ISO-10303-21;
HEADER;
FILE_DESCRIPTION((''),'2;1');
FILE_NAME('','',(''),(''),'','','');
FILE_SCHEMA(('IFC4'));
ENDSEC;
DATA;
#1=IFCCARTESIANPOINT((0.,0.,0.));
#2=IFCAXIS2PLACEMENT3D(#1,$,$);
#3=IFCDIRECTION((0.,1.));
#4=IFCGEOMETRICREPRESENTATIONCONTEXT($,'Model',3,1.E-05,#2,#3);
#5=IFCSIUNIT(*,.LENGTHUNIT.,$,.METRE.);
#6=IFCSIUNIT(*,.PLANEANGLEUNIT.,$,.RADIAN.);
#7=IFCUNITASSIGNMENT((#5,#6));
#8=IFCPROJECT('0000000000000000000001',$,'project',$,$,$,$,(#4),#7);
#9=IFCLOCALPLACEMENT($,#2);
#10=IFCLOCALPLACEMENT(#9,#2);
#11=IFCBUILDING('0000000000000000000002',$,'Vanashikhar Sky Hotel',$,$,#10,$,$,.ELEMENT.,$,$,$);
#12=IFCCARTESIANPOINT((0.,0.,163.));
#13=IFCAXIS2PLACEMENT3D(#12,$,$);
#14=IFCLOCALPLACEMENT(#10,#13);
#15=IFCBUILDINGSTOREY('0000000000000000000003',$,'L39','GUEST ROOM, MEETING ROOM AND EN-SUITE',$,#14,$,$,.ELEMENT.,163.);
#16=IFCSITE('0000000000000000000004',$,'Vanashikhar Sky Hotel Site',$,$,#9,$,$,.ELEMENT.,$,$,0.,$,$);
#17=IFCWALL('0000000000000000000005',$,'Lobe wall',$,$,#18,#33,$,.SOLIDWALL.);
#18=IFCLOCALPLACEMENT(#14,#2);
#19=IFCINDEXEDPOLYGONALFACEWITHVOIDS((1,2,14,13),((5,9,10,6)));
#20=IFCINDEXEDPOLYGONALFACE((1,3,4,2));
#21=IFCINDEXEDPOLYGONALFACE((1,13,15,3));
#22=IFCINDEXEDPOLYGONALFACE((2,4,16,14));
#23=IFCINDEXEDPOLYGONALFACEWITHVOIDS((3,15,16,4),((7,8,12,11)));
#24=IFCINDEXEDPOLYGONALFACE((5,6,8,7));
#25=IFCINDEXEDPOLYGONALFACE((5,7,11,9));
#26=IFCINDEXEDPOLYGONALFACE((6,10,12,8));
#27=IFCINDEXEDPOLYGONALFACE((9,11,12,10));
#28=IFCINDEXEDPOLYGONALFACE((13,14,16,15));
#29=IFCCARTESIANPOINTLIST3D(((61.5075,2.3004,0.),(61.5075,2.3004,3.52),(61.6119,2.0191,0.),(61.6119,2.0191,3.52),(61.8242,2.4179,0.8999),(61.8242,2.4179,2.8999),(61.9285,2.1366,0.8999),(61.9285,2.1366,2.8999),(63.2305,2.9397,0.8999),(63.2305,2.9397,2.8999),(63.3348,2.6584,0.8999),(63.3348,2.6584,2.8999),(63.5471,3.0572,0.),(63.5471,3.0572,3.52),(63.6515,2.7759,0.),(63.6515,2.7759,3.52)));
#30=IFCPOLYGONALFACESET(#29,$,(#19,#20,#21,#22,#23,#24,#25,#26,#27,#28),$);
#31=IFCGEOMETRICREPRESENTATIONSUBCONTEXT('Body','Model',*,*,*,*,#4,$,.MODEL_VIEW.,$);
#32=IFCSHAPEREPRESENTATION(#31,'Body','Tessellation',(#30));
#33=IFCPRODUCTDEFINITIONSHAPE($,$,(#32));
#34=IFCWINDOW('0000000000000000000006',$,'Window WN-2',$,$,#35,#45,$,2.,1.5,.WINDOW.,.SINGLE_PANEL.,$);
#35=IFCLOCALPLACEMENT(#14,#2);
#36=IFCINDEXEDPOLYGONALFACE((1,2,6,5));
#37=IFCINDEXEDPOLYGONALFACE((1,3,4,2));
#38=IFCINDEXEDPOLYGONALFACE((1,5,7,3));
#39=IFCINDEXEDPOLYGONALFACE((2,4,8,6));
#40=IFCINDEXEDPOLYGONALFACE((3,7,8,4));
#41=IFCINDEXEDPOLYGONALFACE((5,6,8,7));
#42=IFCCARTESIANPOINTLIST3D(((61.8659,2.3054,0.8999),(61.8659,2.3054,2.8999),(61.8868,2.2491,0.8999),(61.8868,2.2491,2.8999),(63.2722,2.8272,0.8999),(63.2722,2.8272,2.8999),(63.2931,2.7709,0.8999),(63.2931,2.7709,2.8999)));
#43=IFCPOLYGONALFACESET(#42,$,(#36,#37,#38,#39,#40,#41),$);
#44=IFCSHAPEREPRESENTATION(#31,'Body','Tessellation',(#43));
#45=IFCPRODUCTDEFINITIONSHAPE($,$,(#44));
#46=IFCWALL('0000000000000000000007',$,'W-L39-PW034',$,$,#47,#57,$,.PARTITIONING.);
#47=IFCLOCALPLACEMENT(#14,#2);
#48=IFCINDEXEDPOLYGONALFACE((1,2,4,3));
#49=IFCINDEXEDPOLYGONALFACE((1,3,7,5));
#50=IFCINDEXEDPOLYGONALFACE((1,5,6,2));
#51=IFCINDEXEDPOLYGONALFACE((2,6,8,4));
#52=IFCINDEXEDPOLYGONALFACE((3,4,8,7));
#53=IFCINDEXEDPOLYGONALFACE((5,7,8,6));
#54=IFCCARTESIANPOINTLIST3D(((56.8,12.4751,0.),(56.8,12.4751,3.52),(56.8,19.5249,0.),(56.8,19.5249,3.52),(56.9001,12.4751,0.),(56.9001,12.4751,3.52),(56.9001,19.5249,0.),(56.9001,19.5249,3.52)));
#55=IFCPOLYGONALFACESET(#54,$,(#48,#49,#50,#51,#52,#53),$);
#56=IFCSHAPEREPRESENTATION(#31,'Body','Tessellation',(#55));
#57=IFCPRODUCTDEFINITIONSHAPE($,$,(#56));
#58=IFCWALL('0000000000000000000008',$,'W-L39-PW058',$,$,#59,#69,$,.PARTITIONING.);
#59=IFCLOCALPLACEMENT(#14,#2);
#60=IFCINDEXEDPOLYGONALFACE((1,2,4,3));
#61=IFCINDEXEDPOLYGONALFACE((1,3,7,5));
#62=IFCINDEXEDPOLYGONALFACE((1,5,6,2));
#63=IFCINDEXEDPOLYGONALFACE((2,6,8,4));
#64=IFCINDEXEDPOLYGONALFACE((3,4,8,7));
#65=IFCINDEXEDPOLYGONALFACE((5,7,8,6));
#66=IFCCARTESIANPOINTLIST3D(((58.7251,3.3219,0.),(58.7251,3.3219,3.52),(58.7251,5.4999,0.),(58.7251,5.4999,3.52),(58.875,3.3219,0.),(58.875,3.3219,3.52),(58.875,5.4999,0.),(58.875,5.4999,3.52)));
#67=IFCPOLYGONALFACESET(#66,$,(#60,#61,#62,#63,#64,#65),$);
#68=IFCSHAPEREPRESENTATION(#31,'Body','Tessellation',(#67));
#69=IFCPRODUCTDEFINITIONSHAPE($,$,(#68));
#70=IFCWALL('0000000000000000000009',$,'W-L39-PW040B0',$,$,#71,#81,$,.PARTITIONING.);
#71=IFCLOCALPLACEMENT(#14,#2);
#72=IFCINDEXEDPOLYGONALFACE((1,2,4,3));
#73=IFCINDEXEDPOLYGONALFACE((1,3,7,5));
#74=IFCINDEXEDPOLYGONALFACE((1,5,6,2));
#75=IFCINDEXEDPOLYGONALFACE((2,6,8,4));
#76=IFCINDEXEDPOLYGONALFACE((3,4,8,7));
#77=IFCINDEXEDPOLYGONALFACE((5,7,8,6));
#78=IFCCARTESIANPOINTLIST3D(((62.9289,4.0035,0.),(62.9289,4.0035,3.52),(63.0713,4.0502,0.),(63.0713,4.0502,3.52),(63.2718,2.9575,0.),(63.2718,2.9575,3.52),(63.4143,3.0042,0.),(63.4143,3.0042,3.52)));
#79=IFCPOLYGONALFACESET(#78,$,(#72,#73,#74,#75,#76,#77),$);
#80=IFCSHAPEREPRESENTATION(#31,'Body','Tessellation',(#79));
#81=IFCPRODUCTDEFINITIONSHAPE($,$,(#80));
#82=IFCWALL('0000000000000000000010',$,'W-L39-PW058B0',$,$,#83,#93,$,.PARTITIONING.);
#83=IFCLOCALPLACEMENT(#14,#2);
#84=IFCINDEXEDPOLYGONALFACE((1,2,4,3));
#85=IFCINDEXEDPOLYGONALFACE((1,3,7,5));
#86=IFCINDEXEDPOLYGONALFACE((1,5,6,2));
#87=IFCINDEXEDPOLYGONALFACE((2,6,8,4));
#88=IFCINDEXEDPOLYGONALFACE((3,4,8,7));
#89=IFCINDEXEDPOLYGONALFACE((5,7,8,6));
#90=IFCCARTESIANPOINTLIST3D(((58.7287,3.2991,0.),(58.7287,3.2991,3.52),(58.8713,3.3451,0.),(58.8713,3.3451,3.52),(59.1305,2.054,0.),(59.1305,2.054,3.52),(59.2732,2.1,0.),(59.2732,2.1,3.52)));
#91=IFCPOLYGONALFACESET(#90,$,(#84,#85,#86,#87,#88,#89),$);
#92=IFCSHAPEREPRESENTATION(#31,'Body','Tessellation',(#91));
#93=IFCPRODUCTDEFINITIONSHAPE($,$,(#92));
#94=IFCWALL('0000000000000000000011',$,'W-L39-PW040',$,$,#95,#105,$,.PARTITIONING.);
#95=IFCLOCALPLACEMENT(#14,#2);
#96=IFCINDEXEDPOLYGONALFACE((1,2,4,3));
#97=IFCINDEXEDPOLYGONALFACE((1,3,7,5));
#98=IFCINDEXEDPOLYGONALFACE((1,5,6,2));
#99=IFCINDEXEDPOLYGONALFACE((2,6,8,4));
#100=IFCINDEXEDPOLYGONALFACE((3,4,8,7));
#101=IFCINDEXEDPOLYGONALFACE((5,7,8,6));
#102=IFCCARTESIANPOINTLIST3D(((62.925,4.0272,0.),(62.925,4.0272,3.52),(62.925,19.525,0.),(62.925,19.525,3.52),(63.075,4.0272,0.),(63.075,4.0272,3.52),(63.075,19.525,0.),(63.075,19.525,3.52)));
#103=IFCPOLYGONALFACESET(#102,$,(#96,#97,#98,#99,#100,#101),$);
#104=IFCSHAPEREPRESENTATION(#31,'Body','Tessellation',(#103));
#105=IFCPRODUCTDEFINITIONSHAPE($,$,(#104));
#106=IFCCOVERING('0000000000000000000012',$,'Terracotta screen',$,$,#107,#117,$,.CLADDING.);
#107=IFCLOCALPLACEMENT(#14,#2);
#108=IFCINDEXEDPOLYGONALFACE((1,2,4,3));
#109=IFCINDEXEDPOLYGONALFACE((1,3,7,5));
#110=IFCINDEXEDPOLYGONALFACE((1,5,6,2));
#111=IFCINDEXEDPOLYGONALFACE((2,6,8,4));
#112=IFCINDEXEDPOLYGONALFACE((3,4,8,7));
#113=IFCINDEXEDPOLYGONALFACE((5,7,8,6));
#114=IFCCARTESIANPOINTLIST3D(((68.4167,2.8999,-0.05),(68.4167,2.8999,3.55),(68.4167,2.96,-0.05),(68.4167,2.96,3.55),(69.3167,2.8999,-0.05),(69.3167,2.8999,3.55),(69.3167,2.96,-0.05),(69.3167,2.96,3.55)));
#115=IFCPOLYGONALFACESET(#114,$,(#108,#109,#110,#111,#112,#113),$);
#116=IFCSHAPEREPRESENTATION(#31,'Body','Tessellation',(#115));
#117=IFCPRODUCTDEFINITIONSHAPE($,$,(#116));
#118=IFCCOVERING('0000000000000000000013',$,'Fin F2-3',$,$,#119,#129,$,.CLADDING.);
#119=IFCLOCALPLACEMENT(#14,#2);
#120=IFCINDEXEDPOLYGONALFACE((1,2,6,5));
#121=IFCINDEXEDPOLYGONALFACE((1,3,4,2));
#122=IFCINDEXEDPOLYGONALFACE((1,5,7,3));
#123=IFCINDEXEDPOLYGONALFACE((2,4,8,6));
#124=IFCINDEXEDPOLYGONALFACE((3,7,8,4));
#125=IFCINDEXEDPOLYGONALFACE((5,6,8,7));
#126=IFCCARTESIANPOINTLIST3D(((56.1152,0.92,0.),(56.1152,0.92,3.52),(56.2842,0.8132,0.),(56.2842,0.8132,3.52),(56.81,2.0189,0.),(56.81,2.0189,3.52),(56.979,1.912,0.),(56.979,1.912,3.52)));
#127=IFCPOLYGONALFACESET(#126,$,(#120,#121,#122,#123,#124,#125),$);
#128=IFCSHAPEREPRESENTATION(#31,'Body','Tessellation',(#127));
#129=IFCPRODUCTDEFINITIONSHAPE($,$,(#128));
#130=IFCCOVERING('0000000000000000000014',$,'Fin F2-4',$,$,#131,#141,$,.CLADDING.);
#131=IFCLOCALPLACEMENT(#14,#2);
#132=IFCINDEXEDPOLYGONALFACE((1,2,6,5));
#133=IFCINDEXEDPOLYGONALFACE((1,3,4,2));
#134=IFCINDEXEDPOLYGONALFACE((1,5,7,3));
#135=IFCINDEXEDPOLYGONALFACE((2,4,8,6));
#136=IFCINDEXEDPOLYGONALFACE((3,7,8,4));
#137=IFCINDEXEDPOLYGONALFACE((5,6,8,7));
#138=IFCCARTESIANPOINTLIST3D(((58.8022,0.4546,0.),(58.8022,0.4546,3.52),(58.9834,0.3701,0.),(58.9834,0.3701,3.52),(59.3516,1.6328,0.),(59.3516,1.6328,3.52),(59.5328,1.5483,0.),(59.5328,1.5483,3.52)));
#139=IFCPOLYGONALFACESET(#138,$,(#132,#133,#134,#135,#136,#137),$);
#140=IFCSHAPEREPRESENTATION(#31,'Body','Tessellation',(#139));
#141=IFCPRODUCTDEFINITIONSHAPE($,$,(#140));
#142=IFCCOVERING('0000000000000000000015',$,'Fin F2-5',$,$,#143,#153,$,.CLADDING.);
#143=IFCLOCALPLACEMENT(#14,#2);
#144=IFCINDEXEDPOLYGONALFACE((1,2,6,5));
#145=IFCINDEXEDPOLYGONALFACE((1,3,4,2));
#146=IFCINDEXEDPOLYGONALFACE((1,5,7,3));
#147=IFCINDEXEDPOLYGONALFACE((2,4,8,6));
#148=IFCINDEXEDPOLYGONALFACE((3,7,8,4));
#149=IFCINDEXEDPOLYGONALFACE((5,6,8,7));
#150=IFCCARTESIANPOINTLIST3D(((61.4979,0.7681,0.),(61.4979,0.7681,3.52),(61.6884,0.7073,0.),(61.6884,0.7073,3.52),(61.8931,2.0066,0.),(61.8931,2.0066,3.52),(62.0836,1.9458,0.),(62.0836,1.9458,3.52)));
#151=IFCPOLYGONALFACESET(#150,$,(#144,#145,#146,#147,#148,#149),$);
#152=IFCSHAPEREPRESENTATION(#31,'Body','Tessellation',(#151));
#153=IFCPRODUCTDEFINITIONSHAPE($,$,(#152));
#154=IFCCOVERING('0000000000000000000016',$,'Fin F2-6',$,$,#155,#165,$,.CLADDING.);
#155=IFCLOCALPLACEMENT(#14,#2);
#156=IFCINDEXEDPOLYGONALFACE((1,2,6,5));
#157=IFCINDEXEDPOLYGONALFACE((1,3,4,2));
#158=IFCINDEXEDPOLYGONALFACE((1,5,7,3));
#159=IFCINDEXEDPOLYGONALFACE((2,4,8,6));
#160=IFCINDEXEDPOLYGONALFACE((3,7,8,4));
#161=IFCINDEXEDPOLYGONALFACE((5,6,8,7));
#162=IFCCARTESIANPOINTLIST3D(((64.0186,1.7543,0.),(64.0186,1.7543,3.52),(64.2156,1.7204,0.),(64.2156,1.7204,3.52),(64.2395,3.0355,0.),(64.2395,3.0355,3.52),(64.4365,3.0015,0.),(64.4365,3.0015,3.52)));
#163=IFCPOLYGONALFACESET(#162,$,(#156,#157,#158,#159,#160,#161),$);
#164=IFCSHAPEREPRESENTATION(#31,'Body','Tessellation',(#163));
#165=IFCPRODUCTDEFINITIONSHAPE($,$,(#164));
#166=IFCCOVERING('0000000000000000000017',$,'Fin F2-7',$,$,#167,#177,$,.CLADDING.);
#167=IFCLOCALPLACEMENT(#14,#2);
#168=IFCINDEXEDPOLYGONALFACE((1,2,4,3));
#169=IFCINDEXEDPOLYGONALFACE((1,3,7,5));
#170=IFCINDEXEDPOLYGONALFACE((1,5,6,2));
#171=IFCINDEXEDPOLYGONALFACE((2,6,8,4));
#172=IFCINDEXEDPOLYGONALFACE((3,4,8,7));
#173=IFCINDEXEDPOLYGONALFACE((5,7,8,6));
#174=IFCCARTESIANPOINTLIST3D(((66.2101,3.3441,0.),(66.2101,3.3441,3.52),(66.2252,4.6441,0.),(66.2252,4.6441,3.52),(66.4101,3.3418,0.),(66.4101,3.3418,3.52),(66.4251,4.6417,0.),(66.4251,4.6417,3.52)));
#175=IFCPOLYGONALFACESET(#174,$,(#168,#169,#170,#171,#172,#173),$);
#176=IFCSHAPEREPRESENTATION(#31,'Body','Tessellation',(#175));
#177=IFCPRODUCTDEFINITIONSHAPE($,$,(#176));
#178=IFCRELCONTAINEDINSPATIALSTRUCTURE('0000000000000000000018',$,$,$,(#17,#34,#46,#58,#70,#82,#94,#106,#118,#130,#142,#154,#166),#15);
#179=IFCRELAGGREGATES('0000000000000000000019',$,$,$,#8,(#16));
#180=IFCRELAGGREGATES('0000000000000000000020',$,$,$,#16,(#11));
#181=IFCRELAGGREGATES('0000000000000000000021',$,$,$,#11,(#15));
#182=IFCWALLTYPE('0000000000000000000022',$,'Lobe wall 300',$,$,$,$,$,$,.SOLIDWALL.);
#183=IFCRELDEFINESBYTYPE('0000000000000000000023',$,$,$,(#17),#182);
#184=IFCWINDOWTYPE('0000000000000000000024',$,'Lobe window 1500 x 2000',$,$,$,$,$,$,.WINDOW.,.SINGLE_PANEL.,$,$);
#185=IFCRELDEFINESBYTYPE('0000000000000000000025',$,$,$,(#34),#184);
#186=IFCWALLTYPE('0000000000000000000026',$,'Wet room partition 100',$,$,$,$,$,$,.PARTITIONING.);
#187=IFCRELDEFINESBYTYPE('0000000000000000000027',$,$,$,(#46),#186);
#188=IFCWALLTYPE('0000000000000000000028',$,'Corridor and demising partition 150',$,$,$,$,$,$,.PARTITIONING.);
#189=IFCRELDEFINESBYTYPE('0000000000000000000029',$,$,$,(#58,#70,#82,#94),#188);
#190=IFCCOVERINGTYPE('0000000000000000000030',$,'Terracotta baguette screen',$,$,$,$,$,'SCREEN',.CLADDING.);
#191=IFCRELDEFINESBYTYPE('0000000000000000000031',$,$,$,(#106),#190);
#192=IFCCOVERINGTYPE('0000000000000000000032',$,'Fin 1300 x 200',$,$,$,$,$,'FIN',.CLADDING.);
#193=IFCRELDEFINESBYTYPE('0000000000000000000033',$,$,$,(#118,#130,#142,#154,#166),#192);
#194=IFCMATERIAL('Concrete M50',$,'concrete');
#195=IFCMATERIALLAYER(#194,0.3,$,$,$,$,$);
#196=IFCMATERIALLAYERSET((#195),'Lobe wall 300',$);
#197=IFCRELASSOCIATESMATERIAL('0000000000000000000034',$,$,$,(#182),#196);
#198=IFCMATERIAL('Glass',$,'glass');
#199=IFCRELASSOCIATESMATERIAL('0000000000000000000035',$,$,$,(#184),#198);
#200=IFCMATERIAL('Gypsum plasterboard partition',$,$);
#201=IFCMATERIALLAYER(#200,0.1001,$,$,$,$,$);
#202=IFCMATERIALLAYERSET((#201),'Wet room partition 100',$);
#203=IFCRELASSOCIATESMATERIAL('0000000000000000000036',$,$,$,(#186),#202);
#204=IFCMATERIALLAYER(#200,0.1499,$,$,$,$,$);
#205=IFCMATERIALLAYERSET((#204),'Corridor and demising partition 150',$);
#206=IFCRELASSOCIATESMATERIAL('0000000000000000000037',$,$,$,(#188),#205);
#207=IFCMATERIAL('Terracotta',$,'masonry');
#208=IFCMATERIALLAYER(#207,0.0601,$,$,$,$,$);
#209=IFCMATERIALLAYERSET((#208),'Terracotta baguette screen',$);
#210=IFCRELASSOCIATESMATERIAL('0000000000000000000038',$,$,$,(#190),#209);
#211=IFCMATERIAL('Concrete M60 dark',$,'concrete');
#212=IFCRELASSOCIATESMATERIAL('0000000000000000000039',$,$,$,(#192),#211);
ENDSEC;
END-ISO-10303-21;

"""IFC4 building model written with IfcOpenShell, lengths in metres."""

from ifc_helpers import new_model, si_unit, direction, frame, frame_2d, origin, origin_2d, place, context, subcontext, project, spatial, rectangle, extrude, source, transform, mapped, material, layer, layer_set, material_profile, profile_set, type_object, element, fill, save


model = new_model("IFC4")

# Units and contexts
model_context = context("Model", 3, precision=1e-05, world=origin(), true_north=direction((0.0, 1.0)))
body_context = subcontext(model_context, "Body", "Model", "MODEL_VIEW")
ifc_project = project(units=[si_unit("LENGTHUNIT", "METRE"), si_unit("PLANEANGLEUNIT", "RADIAN")], contexts=[model_context])

# Site, building, storey
site_placement = place(None, origin())
site = spatial("IfcSite", under=ifc_project, at=site_placement, Name="Vanashikhar Sky Hotel Site", CompositionType="ELEMENT", RefElevation=0.0)
building_placement = place(site_placement, origin())
building = spatial("IfcBuilding", under=site, at=building_placement, Name="Vanashikhar Sky Hotel", CompositionType="ELEMENT")
storey_placement = place(building_placement, frame((0.0, 0.0, 163.0)))
storey = spatial("IfcBuildingStorey", under=building, at=storey_placement, Name="L39", Description="GUEST ROOM, MEETING ROOM AND EN-SUITE", CompositionType="ELEMENT", Elevation=163.0)

# Shared definitions
ifc_material_1 = material(Name="Concrete M50", Category="concrete")

# Wall, opening, window
ifc_layer_1 = layer(ifc_material_1, 0.3)
ifc_layer_set_1 = layer_set([ifc_layer_1], Name="Lobe wall 300")
wall_type_1 = type_object("IfcWallType", Name="Lobe wall 300", PredefinedType="SOLIDWALL", material=ifc_layer_set_1)
shared_shape_1 = source(origin(), body_context, "Body", "SweptSolid", [
    extrude(rectangle(XDim=1.5, YDim=2.0, at=frame_2d((0.75, 1.0))), frame((0.0, 0.1602, 0.0), z_axis=(0.0, -1.0, 0.0), x_axis=(1.0, 0.0, 0.0)), (0.0, 0.0, 1.0), 0.3201),
])
ifc_material_2 = material(Name="Glass", Category="glass")
window_type_1 = type_object("IfcWindowType", Name="Lobe window 1500 x 2000", PartitioningType="SINGLE_PANEL", PredefinedType="WINDOW", material=ifc_material_2)
shared_shape_2 = source(origin(), body_context, "Body", "SweptSolid", [
    extrude(rectangle(XDim=1.5, YDim=2.0, at=frame_2d((0.75, 1.0))), frame((0.0, 0.03, 0.0), z_axis=(0.0, -1.0, 0.0), x_axis=(1.0, 0.0, 0.0)), (0.0, 0.0, 1.0), 0.0601),
])
shared_shape_3 = source(origin(), body_context, "Body", "SweptSolid", [
    extrude(rectangle(XDim=2.1755, YDim=0.3, at=frame_2d((1.0879, 0.0))), origin(), (0.0, 0.0, 1.0), 3.52),
])
wall_1_placement = place(storey_placement, frame((61.5596, 2.1597, 0.0), z_axis=(0.0, 0.0, 1.0), x_axis=(0.937532, 0.347899, 0.0)))
wall_1 = element("IfcWall", 1, at=wall_1_placement, inside=storey, type_object=wall_type_1, Name="Lobe wall", PredefinedType="SOLIDWALL", context=body_context, shape_type="MappedRepresentation", body=[
    mapped(shared_shape_3, transform((0.0, 0.0, 0.0), scale=1.0)),
])
opening_1_placement = place(wall_1_placement, frame((0.3379, 0.0, 0.8999)))
opening_1 = element("IfcOpeningElement", 2, at=opening_1_placement, cuts=wall_1, PredefinedType="OPENING", context=body_context, shape_type="MappedRepresentation", body=[
    mapped(shared_shape_1, transform((0.0, 0.0, 0.0), scale=1.0)),
])
window_1_placement = place(opening_1_placement, origin())
window_1 = element("IfcWindow", 3, at=window_1_placement, inside=storey, type_object=window_type_1, Name="Window WN-2", OverallHeight=2.0, OverallWidth=1.5, PartitioningType="SINGLE_PANEL", PredefinedType="WINDOW", context=body_context, shape_type="MappedRepresentation", body=[
    mapped(shared_shape_2, transform((0.0, 0.0, 0.0), scale=1.0)),
])
fill(opening_1, window_1)

# Walls
ifc_material_3 = material(Name="Gypsum plasterboard partition")
ifc_layer_2 = layer(ifc_material_3, 0.1001)
ifc_layer_set_2 = layer_set([ifc_layer_2], Name="Wet room partition 100")
wall_type_2 = type_object("IfcWallType", Name="Wet room partition 100", PredefinedType="PARTITIONING", material=ifc_layer_set_2)
shared_shape_4 = source(origin(), body_context, "Body", "SweptSolid", [
    extrude(rectangle(XDim=7.0498, YDim=0.1001, at=frame_2d((3.5249, 0.0))), origin(), (0.0, 0.0, 1.0), 3.52),
])
wall_2_placement = place(storey_placement, frame((56.8501, 12.4751, 0.0), z_axis=(0.0, 0.0, 1.0), x_axis=(0.0, 1.0, 0.0)))
element("IfcWall", 4, at=wall_2_placement, inside=storey, type_object=wall_type_2, Name="W-L39-PW034", PredefinedType="PARTITIONING", context=body_context, shape_type="MappedRepresentation", body=[
    mapped(shared_shape_4, transform((0.0, 0.0, 0.0), scale=1.0)),
])
ifc_layer_3 = layer(ifc_material_3, 0.1499)
ifc_layer_set_3 = layer_set([ifc_layer_3], Name="Corridor and demising partition 150")
wall_type_3 = type_object("IfcWallType", Name="Corridor and demising partition 150", PredefinedType="PARTITIONING", material=ifc_layer_set_3)
shared_shape_5 = source(origin(), body_context, "Body", "SweptSolid", [
    extrude(rectangle(XDim=2.178, YDim=0.1499, at=frame_2d((1.0889, 0.0))), origin(), (0.0, 0.0, 1.0), 3.52),
])
wall_3_placement = place(storey_placement, frame((58.8, 3.322, 0.0), z_axis=(0.0, 0.0, 1.0), x_axis=(0.0, 1.0, 0.0)))
element("IfcWall", 5, at=wall_3_placement, inside=storey, type_object=wall_type_3, Name="W-L39-PW058", PredefinedType="PARTITIONING", context=body_context, shape_type="MappedRepresentation", body=[
    mapped(shared_shape_5, transform((0.0, 0.0, 0.0), scale=1.0)),
])
shared_shape_6 = source(origin(), body_context, "Body", "SweptSolid", [
    extrude(rectangle(XDim=1.1008, YDim=0.1499, at=frame_2d((0.5503, 0.0))), origin(), (0.0, 0.0, 1.0), 3.52),
])
wall_4_placement = place(storey_placement, frame((63.343, 2.981, 0.0), z_axis=(0.0, 0.0, 1.0), x_axis=(-0.311567, 0.950224, 0.0)))
element("IfcWall", 6, at=wall_4_placement, inside=storey, type_object=wall_type_3, Name="W-L39-PW040B0", PredefinedType="PARTITIONING", context=body_context, shape_type="MappedRepresentation", body=[
    mapped(shared_shape_6, transform((0.0, 0.0, 0.0), scale=1.0)),
])
shared_shape_7 = source(origin(), body_context, "Body", "SweptSolid", [
    extrude(rectangle(XDim=1.3083, YDim=0.1499, at=frame_2d((0.6543, 0.0))), origin(), (0.0, 0.0, 1.0), 3.52),
])
wall_5_placement = place(storey_placement, frame((59.2019, 2.0769, 0.0), z_axis=(0.0, 0.0, 1.0), x_axis=(-0.307145, 0.951663, 0.0)))
element("IfcWall", 7, at=wall_5_placement, inside=storey, type_object=wall_type_3, Name="W-L39-PW058B0", PredefinedType="PARTITIONING", context=body_context, shape_type="MappedRepresentation", body=[
    mapped(shared_shape_7, transform((0.0, 0.0, 0.0), scale=1.0)),
])
shared_shape_8 = source(origin(), body_context, "Body", "SweptSolid", [
    extrude(rectangle(XDim=15.4978, YDim=0.1499, at=frame_2d((7.749, 0.0))), origin(), (0.0, 0.0, 1.0), 3.52),
])
wall_6_placement = place(storey_placement, frame((63.0, 4.0271, 0.0), z_axis=(0.0, 0.0, 1.0), x_axis=(0.0, 1.0, 0.0)))
element("IfcWall", 8, at=wall_6_placement, inside=storey, type_object=wall_type_3, Name="W-L39-PW040", PredefinedType="PARTITIONING", context=body_context, shape_type="MappedRepresentation", body=[
    mapped(shared_shape_8, transform((0.0, 0.0, 0.0), scale=1.0)),
])

# Coverings
ifc_material_4 = material(Name="Terracotta", Category="masonry")
ifc_layer_4 = layer(ifc_material_4, 0.0601)
ifc_layer_set_4 = layer_set([ifc_layer_4], Name="Terracotta baguette screen")
covering_type_1 = type_object("IfcCoveringType", Name="Terracotta baguette screen", ElementType="SCREEN", PredefinedType="CLADDING", material=ifc_layer_set_4)
shared_shape_9 = source(origin(), body_context, "Body", "SweptSolid", [
    extrude(rectangle(XDim=0.8999, YDim=0.0601, at=origin_2d()), origin(), (0.0, 0.0, 1.0), 3.6001),
])
covering_placement = place(storey_placement, frame((68.8667, 2.9299, -0.05), z_axis=(0.0, 0.0, 1.0), x_axis=(1.0, 0.0, 0.0)))
element("IfcCovering", 9, at=covering_placement, inside=storey, type_object=covering_type_1, Name="Terracotta screen", PredefinedType="CLADDING", context=body_context, shape_type="MappedRepresentation", body=[
    mapped(shared_shape_9, transform((0.0, 0.0, 0.0), scale=1.0)),
])
ifc_material_5 = material(Name="Concrete M60 dark", Category="concrete")
ifc_material_profile_1 = material_profile(ifc_material_5, rectangle(XDim=1.3, YDim=0.2, at=origin_2d()))
ifc_profile_set_1 = profile_set([ifc_material_profile_1], Name="Fin 1300 x 200")
covering_type_2 = type_object("IfcCoveringType", Name="Fin 1300 x 200", ElementType="FIN", PredefinedType="CLADDING", material=ifc_profile_set_1)
shared_shape_10 = source(origin(), body_context, "Body", "SweptSolid", [
    extrude(rectangle(XDim=1.3, YDim=0.2, at=origin_2d()), origin(), (0.0, 0.0, 1.0), 3.52),
])
for number, where, z_axis, x_axis, name in (
    (10, (56.5471, 1.416, 0.0), (0.0, 0.0, 1.0), (-0.534411, -0.845225, 0.0), "Fin F2-3"),
    (11, (59.1675, 1.0015, 0.0), (0.0, 0.0, 1.0), (-0.422618, -0.906308, 0.0), "Fin F2-4"),
    (12, (61.7908, 1.3569, 0.0), (0.0, 0.0, 1.0), (-0.303967, -0.952683, 0.0), "Fin F2-5"),
    (13, (64.2275, 2.3779, 0.0), (0.0, 0.0, 1.0), (-0.1699, -0.985461, 0.0), "Fin F2-6"),
    (14, (66.3176, 3.9929, 0.0), (0.0, 0.0, 1.0), (-0.011589, -0.999933, 0.0), "Fin F2-7"),
):
    element("IfcCovering", number, at=place(storey_placement, frame(where, z_axis=z_axis, x_axis=x_axis)), inside=storey, type_object=covering_type_2, Name=name, PredefinedType="CLADDING", context=body_context, shape_type="MappedRepresentation", body=[
        mapped(shared_shape_10, transform((0.0, 0.0, 0.0), scale=1.0)),
    ])

save(model, "model.ifc")
